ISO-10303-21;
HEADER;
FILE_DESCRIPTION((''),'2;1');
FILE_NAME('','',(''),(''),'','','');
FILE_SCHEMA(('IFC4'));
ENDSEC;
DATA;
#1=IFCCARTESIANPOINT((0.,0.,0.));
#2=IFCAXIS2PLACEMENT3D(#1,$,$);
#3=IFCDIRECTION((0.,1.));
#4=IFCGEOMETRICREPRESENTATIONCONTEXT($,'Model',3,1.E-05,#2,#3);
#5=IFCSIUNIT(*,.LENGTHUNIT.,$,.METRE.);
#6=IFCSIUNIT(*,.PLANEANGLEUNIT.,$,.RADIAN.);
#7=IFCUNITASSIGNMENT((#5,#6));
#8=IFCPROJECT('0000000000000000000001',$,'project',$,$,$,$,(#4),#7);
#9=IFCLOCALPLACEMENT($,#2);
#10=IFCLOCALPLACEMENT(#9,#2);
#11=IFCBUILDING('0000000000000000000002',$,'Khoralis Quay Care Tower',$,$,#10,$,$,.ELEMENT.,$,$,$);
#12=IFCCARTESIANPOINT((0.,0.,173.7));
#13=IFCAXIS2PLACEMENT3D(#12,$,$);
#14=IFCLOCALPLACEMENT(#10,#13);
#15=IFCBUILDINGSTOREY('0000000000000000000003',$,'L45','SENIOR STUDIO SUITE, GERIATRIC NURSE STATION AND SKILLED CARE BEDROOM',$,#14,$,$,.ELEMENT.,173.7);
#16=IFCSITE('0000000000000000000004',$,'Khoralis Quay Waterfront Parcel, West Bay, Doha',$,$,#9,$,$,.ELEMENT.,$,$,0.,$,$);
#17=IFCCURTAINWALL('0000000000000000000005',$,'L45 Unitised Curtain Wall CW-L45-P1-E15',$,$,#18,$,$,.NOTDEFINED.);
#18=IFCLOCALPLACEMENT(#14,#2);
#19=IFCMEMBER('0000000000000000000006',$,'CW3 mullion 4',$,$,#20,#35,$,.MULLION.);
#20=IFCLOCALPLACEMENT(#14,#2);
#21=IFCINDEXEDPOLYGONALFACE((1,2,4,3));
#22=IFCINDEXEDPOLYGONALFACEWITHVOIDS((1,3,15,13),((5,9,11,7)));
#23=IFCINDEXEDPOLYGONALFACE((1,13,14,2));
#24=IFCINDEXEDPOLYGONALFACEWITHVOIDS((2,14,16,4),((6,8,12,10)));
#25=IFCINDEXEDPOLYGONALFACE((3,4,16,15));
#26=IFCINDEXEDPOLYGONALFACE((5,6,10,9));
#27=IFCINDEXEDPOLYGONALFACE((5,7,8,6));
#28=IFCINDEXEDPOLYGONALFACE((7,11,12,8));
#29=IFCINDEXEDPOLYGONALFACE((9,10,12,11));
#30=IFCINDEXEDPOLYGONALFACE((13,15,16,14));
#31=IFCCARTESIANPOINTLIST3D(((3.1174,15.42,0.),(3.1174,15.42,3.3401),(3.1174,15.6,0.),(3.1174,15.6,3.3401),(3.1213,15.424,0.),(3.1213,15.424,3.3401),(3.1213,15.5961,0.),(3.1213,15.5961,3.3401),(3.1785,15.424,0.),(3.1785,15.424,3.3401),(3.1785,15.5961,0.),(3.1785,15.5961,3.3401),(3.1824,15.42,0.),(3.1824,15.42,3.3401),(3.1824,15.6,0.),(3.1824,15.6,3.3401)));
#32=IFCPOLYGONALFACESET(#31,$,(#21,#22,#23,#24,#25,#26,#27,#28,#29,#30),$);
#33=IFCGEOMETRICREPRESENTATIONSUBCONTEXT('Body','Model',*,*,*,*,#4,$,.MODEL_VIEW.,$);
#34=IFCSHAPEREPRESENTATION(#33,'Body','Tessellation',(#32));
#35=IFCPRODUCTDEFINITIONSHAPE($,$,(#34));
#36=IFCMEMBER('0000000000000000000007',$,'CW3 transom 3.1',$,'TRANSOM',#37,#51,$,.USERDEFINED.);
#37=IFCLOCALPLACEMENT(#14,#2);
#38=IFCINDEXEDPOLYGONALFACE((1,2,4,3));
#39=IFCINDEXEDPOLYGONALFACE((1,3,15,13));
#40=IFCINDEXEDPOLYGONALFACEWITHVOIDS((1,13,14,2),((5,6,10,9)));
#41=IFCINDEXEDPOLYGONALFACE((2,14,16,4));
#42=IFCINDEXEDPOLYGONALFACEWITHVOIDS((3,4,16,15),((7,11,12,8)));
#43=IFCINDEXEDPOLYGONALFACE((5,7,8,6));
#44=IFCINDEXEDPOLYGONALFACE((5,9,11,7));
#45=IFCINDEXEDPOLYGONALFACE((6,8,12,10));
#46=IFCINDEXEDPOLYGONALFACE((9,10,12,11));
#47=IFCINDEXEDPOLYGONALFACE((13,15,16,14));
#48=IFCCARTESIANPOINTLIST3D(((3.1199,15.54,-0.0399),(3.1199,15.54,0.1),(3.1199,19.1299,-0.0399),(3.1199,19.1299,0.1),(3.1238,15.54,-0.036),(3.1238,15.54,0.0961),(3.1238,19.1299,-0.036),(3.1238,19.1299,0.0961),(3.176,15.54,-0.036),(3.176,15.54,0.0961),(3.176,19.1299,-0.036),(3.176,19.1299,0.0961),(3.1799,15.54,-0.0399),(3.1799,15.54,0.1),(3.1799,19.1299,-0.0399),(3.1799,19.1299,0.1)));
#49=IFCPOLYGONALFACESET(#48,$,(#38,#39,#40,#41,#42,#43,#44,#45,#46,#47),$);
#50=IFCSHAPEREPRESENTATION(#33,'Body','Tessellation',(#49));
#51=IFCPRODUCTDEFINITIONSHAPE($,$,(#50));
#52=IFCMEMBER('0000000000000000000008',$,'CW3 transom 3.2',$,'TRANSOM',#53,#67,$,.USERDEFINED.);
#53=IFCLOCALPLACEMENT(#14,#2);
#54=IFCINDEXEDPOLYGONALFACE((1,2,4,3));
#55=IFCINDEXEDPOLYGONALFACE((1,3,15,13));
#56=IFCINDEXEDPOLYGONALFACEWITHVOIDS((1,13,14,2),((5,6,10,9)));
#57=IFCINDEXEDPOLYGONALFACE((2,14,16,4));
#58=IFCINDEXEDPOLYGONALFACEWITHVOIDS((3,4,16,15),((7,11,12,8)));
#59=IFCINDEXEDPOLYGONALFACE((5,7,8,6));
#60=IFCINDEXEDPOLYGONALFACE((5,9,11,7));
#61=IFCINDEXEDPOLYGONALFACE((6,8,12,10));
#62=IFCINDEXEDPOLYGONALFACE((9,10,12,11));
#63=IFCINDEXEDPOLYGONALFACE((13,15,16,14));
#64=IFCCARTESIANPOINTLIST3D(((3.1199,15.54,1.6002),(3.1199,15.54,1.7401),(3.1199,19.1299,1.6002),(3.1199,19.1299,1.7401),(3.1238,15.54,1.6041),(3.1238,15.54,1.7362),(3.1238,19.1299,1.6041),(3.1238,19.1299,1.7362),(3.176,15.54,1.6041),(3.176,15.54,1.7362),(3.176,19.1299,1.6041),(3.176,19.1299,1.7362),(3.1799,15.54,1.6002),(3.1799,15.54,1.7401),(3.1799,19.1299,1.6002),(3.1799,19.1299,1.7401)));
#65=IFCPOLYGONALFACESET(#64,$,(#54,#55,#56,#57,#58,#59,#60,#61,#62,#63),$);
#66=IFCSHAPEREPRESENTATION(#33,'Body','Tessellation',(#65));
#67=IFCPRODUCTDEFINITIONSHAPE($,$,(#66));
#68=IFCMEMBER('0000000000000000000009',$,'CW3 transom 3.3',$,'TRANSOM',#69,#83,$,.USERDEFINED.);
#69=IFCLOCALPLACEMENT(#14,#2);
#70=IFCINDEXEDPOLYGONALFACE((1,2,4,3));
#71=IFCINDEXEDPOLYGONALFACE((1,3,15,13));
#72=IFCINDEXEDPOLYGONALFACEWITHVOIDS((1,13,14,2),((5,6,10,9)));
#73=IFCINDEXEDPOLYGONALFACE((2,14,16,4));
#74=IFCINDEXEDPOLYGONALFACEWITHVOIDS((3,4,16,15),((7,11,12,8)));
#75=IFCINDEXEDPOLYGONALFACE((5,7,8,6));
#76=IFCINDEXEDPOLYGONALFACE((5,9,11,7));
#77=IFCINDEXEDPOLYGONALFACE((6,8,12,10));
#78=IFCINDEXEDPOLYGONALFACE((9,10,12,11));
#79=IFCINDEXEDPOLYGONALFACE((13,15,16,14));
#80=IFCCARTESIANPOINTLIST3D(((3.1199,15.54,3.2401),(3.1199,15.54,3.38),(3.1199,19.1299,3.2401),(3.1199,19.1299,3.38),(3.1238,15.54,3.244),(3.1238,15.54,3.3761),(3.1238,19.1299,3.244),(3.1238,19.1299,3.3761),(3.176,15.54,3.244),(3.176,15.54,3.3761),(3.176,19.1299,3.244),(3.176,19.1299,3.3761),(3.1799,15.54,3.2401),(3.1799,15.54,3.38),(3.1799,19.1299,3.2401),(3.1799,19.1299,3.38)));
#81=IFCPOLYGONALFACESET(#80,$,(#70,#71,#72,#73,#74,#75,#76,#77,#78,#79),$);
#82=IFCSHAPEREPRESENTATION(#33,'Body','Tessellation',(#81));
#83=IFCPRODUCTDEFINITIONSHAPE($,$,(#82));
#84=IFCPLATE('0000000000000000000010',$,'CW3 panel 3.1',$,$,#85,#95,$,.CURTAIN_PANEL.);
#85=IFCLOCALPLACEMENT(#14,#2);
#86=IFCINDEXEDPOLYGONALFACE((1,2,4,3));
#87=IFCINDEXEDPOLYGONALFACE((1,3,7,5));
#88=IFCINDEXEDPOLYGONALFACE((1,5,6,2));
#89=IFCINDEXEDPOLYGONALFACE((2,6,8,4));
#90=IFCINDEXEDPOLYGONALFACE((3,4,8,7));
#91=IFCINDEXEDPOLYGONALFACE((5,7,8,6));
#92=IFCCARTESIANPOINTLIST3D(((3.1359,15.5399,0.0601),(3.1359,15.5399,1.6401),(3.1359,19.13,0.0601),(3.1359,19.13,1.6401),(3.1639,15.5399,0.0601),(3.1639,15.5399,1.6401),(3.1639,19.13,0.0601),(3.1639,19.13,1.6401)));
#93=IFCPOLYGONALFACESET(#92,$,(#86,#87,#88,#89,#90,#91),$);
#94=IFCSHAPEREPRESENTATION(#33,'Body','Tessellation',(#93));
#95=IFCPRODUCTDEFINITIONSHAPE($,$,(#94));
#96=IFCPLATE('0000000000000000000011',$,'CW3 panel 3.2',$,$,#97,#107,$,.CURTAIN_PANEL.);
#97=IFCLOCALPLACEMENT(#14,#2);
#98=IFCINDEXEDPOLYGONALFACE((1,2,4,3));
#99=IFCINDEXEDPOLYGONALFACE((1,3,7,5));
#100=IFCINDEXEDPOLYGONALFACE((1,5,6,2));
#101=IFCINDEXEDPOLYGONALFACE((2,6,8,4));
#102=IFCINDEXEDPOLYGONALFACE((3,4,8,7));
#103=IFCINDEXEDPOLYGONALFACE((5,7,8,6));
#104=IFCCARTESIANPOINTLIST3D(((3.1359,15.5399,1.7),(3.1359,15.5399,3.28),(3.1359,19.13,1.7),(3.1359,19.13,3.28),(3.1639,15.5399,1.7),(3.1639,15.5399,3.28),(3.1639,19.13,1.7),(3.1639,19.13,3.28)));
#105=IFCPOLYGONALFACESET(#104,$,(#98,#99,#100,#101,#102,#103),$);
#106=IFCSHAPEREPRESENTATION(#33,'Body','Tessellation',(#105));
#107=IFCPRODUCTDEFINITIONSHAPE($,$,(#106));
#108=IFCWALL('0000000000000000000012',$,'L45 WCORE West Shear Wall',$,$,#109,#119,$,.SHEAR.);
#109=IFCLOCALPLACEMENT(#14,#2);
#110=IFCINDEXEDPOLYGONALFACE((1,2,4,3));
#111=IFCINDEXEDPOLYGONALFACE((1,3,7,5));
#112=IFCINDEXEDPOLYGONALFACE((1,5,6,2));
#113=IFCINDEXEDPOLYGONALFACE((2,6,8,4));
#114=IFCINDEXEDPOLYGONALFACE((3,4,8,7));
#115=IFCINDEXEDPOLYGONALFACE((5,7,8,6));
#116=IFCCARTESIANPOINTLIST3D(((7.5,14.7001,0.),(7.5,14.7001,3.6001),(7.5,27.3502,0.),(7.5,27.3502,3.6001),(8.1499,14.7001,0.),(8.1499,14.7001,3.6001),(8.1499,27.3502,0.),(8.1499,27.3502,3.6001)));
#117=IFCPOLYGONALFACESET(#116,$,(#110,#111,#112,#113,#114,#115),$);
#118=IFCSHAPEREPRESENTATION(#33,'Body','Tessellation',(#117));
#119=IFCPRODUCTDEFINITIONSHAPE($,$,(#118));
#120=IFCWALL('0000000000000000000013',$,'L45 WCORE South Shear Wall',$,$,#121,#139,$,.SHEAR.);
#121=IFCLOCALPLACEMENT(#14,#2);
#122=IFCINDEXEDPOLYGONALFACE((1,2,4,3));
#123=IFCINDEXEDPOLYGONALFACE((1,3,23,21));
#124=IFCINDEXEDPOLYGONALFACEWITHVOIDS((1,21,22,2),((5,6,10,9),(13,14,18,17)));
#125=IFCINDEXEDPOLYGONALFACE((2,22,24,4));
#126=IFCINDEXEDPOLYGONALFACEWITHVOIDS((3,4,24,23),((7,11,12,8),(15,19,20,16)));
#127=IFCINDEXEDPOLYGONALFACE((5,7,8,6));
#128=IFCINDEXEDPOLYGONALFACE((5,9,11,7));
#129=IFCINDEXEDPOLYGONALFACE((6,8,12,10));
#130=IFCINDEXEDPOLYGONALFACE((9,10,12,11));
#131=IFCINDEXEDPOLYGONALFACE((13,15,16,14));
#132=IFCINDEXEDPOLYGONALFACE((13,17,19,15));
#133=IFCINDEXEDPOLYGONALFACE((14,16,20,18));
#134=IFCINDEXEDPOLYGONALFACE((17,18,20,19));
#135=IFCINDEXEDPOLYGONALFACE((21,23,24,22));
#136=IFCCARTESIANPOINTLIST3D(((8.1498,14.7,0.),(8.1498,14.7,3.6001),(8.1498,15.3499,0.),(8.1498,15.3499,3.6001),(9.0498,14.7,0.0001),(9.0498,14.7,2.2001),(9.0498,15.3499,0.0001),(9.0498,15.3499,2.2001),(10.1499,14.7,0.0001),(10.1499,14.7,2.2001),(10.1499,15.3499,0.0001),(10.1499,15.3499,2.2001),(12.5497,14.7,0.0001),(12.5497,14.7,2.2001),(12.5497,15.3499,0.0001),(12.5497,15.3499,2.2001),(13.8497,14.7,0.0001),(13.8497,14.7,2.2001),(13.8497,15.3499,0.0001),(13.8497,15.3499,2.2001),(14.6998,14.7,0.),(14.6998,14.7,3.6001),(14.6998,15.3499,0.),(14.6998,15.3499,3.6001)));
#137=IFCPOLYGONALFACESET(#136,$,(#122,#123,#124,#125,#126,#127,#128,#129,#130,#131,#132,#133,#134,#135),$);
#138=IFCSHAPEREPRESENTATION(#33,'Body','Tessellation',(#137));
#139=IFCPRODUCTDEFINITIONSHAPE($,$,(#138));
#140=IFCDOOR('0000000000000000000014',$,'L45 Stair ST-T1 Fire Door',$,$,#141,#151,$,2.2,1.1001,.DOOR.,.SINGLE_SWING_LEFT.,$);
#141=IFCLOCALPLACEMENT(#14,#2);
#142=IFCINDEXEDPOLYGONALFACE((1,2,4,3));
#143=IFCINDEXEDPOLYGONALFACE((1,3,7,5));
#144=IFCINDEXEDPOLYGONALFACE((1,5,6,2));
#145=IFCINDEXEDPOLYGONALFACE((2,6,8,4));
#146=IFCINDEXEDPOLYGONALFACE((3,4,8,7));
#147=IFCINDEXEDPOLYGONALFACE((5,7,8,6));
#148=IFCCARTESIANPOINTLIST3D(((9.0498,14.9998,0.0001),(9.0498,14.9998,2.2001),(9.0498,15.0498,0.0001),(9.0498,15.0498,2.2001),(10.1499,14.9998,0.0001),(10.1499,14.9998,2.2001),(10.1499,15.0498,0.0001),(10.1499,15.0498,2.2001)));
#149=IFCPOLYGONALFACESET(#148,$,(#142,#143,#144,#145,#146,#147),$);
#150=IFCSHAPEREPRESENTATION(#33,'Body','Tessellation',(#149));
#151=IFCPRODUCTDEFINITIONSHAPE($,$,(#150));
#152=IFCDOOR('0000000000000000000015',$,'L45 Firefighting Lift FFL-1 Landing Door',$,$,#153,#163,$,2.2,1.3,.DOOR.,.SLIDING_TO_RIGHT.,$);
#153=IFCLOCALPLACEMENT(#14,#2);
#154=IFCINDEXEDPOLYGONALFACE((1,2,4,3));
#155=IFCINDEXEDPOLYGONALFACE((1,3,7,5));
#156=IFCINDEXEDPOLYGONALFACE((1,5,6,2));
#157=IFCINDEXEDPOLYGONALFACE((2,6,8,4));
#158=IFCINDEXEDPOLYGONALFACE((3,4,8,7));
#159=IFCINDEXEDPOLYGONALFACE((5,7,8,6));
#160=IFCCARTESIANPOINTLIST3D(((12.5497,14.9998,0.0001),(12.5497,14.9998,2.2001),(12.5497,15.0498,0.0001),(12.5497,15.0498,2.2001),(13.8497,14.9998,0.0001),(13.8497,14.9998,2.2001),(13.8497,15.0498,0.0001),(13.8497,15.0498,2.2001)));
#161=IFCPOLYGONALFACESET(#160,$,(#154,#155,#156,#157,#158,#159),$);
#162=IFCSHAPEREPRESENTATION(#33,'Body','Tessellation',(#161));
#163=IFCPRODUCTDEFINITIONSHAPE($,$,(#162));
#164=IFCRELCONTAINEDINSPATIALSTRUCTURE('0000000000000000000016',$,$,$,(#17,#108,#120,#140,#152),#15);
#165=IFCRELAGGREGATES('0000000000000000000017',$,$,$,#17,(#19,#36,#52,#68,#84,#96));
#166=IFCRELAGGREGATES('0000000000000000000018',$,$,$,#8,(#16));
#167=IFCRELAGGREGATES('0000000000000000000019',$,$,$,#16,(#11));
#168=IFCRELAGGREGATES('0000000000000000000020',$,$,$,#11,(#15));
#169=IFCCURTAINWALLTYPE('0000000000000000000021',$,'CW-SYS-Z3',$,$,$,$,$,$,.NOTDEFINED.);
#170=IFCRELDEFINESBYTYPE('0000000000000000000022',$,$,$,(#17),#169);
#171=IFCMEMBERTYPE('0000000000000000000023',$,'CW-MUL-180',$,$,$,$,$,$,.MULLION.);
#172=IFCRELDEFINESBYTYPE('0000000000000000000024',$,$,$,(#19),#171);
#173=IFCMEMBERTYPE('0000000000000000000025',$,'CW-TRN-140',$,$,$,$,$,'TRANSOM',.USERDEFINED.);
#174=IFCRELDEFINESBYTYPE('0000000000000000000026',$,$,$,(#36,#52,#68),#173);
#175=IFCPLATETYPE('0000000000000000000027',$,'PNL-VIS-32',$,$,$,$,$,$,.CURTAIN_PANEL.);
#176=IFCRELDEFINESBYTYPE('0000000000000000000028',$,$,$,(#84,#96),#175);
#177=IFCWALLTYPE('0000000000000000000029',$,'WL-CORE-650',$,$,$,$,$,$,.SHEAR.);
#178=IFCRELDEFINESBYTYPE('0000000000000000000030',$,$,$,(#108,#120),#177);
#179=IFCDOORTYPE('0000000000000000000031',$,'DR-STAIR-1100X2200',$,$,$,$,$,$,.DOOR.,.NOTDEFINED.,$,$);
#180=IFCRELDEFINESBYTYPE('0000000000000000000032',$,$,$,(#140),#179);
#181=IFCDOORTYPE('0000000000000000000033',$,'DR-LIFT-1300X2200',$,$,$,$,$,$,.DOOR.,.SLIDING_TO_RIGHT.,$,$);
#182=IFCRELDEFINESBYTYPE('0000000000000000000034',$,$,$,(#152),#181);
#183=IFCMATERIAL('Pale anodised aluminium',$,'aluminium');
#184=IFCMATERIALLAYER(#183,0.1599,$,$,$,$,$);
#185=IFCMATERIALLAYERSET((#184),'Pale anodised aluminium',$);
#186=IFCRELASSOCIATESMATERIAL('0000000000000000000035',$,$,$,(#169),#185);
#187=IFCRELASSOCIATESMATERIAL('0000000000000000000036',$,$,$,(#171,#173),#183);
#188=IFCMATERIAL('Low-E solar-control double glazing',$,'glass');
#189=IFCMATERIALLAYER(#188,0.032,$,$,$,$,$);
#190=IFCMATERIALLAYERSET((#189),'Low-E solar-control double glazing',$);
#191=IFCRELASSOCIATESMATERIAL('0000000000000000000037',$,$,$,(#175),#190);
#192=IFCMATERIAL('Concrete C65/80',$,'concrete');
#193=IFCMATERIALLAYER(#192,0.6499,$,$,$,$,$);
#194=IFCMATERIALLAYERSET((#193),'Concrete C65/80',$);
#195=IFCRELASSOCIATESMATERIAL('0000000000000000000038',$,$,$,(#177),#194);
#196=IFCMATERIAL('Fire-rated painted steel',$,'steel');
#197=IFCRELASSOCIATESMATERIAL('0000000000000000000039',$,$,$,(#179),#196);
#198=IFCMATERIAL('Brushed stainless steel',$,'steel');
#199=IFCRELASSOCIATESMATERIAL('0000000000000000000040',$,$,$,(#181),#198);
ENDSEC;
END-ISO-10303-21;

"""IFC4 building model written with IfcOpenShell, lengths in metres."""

from ifc_helpers import new_model, si_unit, direction, frame, frame_2d, origin, origin_2d, place, context, subcontext, project, spatial, rectangle, hollow_rectangle, extrude, source, transform, mapped, material, layer, layer_set, material_profile, profile_set, type_object, element, fill, aggregate, save


model = new_model("IFC4")

# Units and contexts
model_context = context("Model", 3, precision=1e-05, world=origin(), true_north=direction((0.0, 1.0)))
body_context = subcontext(model_context, "Body", "Model", "MODEL_VIEW")
ifc_project = project(units=[si_unit("LENGTHUNIT", "METRE"), si_unit("PLANEANGLEUNIT", "RADIAN")], contexts=[model_context])

# Site, building, storey
site_placement = place(None, origin())
site = spatial("IfcSite", under=ifc_project, at=site_placement, Name="Khoralis Quay Waterfront Parcel, West Bay, Doha", CompositionType="ELEMENT", RefElevation=0.0)
building_placement = place(site_placement, origin())
building = spatial("IfcBuilding", under=site, at=building_placement, Name="Khoralis Quay Care Tower", CompositionType="ELEMENT")
storey_placement = place(building_placement, frame((0.0, 0.0, 173.7)))
storey = spatial("IfcBuildingStorey", under=building, at=storey_placement, Name="L45", Description="SENIOR STUDIO SUITE, GERIATRIC NURSE STATION AND SKILLED CARE BEDROOM", CompositionType="ELEMENT", Elevation=173.7)

# Shared definitions
ifc_material_1 = material(Name="Concrete C65/80", Category="concrete")

# Curtain wall, members, plates
ifc_material_2 = material(Name="Pale anodised aluminium", Category="aluminium")
ifc_layer_1 = layer(ifc_material_2, 0.1599)
ifc_layer_set_1 = layer_set([ifc_layer_1], Name="Pale anodised aluminium")
curtain_wall_type = type_object("IfcCurtainWallType", Name="CW-SYS-Z3", PredefinedType="NOTDEFINED", material=ifc_layer_set_1)
curtain_wall_placement = place(storey_placement, origin())
curtain_wall = element("IfcCurtainWall", 1, at=curtain_wall_placement, inside=storey, type_object=curtain_wall_type, Name="L45 Unitised Curtain Wall CW-L45-P1-E15", PredefinedType="NOTDEFINED")
ifc_material_profile_1 = material_profile(ifc_material_2, hollow_rectangle(XDim=0.0649, YDim=0.1799, WallThickness=0.0039, at=origin_2d()), Name="Pale anodised aluminium")
ifc_profile_set_1 = profile_set([ifc_material_profile_1], Name="Pale anodised aluminium")
member_type_1 = type_object("IfcMemberType", Name="CW-MUL-180", PredefinedType="MULLION", material=ifc_profile_set_1)
shared_shape_1 = source(origin(), body_context, "Body", "SweptSolid", [
    extrude(hollow_rectangle(XDim=0.0649, YDim=0.1799, WallThickness=0.0039, at=origin_2d()), origin(), (0.0, 0.0, 1.0), 3.3401),
])
member_1_placement = place(storey_placement, frame((3.1499, 15.51, 0.0), z_axis=(0.0, 0.0, 1.0), x_axis=(1.0, 0.0, 0.0)))
member_1 = element("IfcMember", 2, at=member_1_placement, type_object=member_type_1, Name="CW3 mullion 4", PredefinedType="MULLION", context=body_context, shape_type="MappedRepresentation", body=[
    mapped(shared_shape_1, transform((0.0, 0.0, 0.0), scale=1.0)),
])
ifc_material_profile_2 = material_profile(ifc_material_2, hollow_rectangle(XDim=0.0601, YDim=0.1399, WallThickness=0.0039, at=origin_2d()), Name="Pale anodised aluminium")
ifc_profile_set_2 = profile_set([ifc_material_profile_2], Name="Pale anodised aluminium")
member_type_2 = type_object("IfcMemberType", Name="CW-TRN-140", ElementType="TRANSOM", PredefinedType="USERDEFINED", material=ifc_profile_set_2)
shared_shape_2 = source(origin(), body_context, "Body", "SweptSolid", [
    extrude(hollow_rectangle(XDim=0.0601, YDim=0.1399, WallThickness=0.0039, at=origin_2d()), origin(), (0.0, 0.0, 1.0), 3.5898),
])
member_2_placement = place(storey_placement, frame((3.1499, 19.1299, 0.03), z_axis=(0.0, -1.0, 0.0), x_axis=(1.0, 0.0, 0.0)))
member_2 = element("IfcMember", 3, at=member_2_placement, type_object=member_type_2, Name="CW3 transom 3.1", ObjectType="TRANSOM", PredefinedType="USERDEFINED", context=body_context, shape_type="MappedRepresentation", body=[
    mapped(shared_shape_2, transform((0.0, 0.0, 0.0), scale=1.0)),
])
member_3_placement = place(storey_placement, frame((3.1499, 19.1299, 1.6702), z_axis=(0.0, -1.0, 0.0), x_axis=(1.0, 0.0, 0.0)))
member_3 = element("IfcMember", 4, at=member_3_placement, type_object=member_type_2, Name="CW3 transom 3.2", ObjectType="TRANSOM", PredefinedType="USERDEFINED", context=body_context, shape_type="MappedRepresentation", body=[
    mapped(shared_shape_2, transform((0.0, 0.0, 0.0), scale=1.0)),
])
member_4_placement = place(storey_placement, frame((3.1499, 19.1299, 3.3101), z_axis=(0.0, -1.0, 0.0), x_axis=(1.0, 0.0, 0.0)))
member_4 = element("IfcMember", 5, at=member_4_placement, type_object=member_type_2, Name="CW3 transom 3.3", ObjectType="TRANSOM", PredefinedType="USERDEFINED", context=body_context, shape_type="MappedRepresentation", body=[
    mapped(shared_shape_2, transform((0.0, 0.0, 0.0), scale=1.0)),
])
ifc_material_3 = material(Name="Low-E solar-control double glazing", Category="glass")
ifc_layer_2 = layer(ifc_material_3, 0.032)
ifc_layer_set_2 = layer_set([ifc_layer_2], Name="Low-E solar-control double glazing")
plate_type = type_object("IfcPlateType", Name="PNL-VIS-32", PredefinedType="CURTAIN_PANEL", material=ifc_layer_set_2)
shared_shape_3 = source(origin(), body_context, "Body", "SweptSolid", [
    extrude(rectangle(XDim=3.5901, YDim=0.0281, at=origin_2d()), origin(), (0.0, 0.0, 1.0), 1.5801),
])
plate_1_placement = place(storey_placement, frame((3.1499, 17.335, 0.0601), z_axis=(0.0, 0.0, 1.0), x_axis=(0.0, -1.0, 0.0)))
plate_1 = element("IfcPlate", 6, at=plate_1_placement, type_object=plate_type, Name="CW3 panel 3.1", PredefinedType="CURTAIN_PANEL", context=body_context, shape_type="MappedRepresentation", body=[
    mapped(shared_shape_3, transform((0.0, 0.0, 0.0), scale=1.0)),
])
plate_2_placement = place(storey_placement, frame((3.1499, 17.335, 1.7), z_axis=(0.0, 0.0, 1.0), x_axis=(0.0, -1.0, 0.0)))
plate_2 = element("IfcPlate", 7, at=plate_2_placement, type_object=plate_type, Name="CW3 panel 3.2", PredefinedType="CURTAIN_PANEL", context=body_context, shape_type="MappedRepresentation", body=[
    mapped(shared_shape_3, transform((0.0, 0.0, 0.0), scale=1.0)),
])
aggregate(curtain_wall, [member_1, member_2, member_3, member_4, plate_1, plate_2])

# Wall
ifc_layer_3 = layer(ifc_material_1, 0.6499)
ifc_layer_set_3 = layer_set([ifc_layer_3], Name="Concrete C65/80")
wall_type_1 = type_object("IfcWallType", Name="WL-CORE-650", PredefinedType="SHEAR", material=ifc_layer_set_3)
wall_1_placement = place(storey_placement, frame((7.825, 14.7, 0.0), z_axis=(0.0, 0.0, 1.0), x_axis=(0.0, 1.0, 0.0)))
element("IfcWall", 8, at=wall_1_placement, inside=storey, type_object=wall_type_1, Name="L45 WCORE West Shear Wall", PredefinedType="SHEAR", context=body_context, shape_type="SweptSolid", body=[
    extrude(rectangle(XDim=12.6501, YDim=0.6499, at=frame_2d((6.3252, 0.0))), origin(), (0.0, 0.0, 1.0), 3.6001),
])

# Wall, openings, doors
wall_2_placement = place(storey_placement, frame((8.1499, 15.0249, 0.0), z_axis=(0.0, 0.0, 1.0), x_axis=(1.0, 0.0, 0.0)))
wall_2 = element("IfcWall", 9, at=wall_2_placement, inside=storey, type_object=wall_type_1, Name="L45 WCORE South Shear Wall", PredefinedType="SHEAR", context=body_context, shape_type="SweptSolid", body=[
    extrude(rectangle(XDim=6.55, YDim=0.6499, at=frame_2d((3.2749, 0.0))), origin(), (0.0, 0.0, 1.0), 3.6001),
])
opening_1_placement = place(wall_2_placement, frame((0.8999, 0.0, 0.0)))
opening_1 = element("IfcOpeningElement", 10, at=opening_1_placement, cuts=wall_2, PredefinedType="OPENING", context=body_context, shape_type="SweptSolid", body=[
    extrude(rectangle(XDim=1.1001, YDim=2.2, at=frame_2d((0.55, 1.1001))), frame((0.0, 0.335, 0.0), z_axis=(0.0, -1.0, 0.0), x_axis=(1.0, 0.0, 0.0)), (0.0, 0.0, 1.0), 0.6699),
])
opening_2_placement = place(wall_2_placement, frame((4.3999, 0.0, 0.0)))
opening_2 = element("IfcOpeningElement", 11, at=opening_2_placement, cuts=wall_2, PredefinedType="OPENING", context=body_context, shape_type="SweptSolid", body=[
    extrude(rectangle(XDim=1.3, YDim=2.2, at=frame_2d((0.6499, 1.1001))), frame((0.0, 0.335, 0.0), z_axis=(0.0, -1.0, 0.0), x_axis=(1.0, 0.0, 0.0)), (0.0, 0.0, 1.0), 0.6699),
])
ifc_material_4 = material(Name="Fire-rated painted steel", Category="steel")
door_type_1 = type_object("IfcDoorType", Name="DR-STAIR-1100X2200", OperationType="NOTDEFINED", PredefinedType="DOOR", material=ifc_material_4)
shared_shape_4 = source(origin(), body_context, "Body", "SweptSolid", [
    extrude(rectangle(XDim=1.1001, YDim=2.2, at=frame_2d((0.55, 1.1001))), frame((0.0, 0.0249, 0.0), z_axis=(0.0, -1.0, 0.0), x_axis=(1.0, 0.0, 0.0)), (0.0, 0.0, 1.0), 0.05),
])
door_1_placement = place(opening_1_placement, origin())
door_1 = element("IfcDoor", 12, at=door_1_placement, inside=storey, type_object=door_type_1, Name="L45 Stair ST-T1 Fire Door", OperationType="SINGLE_SWING_LEFT", OverallHeight=2.2, OverallWidth=1.1001, PredefinedType="DOOR", context=body_context, shape_type="MappedRepresentation", body=[
    mapped(shared_shape_4, transform((0.0, 0.0, 0.0), scale=1.0)),
])
fill(opening_1, door_1)
ifc_material_5 = material(Name="Brushed stainless steel", Category="steel")
door_type_2 = type_object("IfcDoorType", Name="DR-LIFT-1300X2200", OperationType="SLIDING_TO_RIGHT", PredefinedType="DOOR", material=ifc_material_5)
shared_shape_5 = source(origin(), body_context, "Body", "SweptSolid", [
    extrude(rectangle(XDim=1.3, YDim=2.2, at=frame_2d((0.6499, 1.1001))), frame((0.0, 0.0249, 0.0), z_axis=(0.0, -1.0, 0.0), x_axis=(1.0, 0.0, 0.0)), (0.0, 0.0, 1.0), 0.05),
])
door_2_placement = place(opening_2_placement, origin())
door_2 = element("IfcDoor", 13, at=door_2_placement, inside=storey, type_object=door_type_2, Name="L45 Firefighting Lift FFL-1 Landing Door", OperationType="SLIDING_TO_RIGHT", OverallHeight=2.2, OverallWidth=1.3, PredefinedType="DOOR", context=body_context, shape_type="MappedRepresentation", body=[
    mapped(shared_shape_5, transform((0.0, 0.0, 0.0), scale=1.0)),
])
fill(opening_2, door_2)

save(model, "model.ifc")
